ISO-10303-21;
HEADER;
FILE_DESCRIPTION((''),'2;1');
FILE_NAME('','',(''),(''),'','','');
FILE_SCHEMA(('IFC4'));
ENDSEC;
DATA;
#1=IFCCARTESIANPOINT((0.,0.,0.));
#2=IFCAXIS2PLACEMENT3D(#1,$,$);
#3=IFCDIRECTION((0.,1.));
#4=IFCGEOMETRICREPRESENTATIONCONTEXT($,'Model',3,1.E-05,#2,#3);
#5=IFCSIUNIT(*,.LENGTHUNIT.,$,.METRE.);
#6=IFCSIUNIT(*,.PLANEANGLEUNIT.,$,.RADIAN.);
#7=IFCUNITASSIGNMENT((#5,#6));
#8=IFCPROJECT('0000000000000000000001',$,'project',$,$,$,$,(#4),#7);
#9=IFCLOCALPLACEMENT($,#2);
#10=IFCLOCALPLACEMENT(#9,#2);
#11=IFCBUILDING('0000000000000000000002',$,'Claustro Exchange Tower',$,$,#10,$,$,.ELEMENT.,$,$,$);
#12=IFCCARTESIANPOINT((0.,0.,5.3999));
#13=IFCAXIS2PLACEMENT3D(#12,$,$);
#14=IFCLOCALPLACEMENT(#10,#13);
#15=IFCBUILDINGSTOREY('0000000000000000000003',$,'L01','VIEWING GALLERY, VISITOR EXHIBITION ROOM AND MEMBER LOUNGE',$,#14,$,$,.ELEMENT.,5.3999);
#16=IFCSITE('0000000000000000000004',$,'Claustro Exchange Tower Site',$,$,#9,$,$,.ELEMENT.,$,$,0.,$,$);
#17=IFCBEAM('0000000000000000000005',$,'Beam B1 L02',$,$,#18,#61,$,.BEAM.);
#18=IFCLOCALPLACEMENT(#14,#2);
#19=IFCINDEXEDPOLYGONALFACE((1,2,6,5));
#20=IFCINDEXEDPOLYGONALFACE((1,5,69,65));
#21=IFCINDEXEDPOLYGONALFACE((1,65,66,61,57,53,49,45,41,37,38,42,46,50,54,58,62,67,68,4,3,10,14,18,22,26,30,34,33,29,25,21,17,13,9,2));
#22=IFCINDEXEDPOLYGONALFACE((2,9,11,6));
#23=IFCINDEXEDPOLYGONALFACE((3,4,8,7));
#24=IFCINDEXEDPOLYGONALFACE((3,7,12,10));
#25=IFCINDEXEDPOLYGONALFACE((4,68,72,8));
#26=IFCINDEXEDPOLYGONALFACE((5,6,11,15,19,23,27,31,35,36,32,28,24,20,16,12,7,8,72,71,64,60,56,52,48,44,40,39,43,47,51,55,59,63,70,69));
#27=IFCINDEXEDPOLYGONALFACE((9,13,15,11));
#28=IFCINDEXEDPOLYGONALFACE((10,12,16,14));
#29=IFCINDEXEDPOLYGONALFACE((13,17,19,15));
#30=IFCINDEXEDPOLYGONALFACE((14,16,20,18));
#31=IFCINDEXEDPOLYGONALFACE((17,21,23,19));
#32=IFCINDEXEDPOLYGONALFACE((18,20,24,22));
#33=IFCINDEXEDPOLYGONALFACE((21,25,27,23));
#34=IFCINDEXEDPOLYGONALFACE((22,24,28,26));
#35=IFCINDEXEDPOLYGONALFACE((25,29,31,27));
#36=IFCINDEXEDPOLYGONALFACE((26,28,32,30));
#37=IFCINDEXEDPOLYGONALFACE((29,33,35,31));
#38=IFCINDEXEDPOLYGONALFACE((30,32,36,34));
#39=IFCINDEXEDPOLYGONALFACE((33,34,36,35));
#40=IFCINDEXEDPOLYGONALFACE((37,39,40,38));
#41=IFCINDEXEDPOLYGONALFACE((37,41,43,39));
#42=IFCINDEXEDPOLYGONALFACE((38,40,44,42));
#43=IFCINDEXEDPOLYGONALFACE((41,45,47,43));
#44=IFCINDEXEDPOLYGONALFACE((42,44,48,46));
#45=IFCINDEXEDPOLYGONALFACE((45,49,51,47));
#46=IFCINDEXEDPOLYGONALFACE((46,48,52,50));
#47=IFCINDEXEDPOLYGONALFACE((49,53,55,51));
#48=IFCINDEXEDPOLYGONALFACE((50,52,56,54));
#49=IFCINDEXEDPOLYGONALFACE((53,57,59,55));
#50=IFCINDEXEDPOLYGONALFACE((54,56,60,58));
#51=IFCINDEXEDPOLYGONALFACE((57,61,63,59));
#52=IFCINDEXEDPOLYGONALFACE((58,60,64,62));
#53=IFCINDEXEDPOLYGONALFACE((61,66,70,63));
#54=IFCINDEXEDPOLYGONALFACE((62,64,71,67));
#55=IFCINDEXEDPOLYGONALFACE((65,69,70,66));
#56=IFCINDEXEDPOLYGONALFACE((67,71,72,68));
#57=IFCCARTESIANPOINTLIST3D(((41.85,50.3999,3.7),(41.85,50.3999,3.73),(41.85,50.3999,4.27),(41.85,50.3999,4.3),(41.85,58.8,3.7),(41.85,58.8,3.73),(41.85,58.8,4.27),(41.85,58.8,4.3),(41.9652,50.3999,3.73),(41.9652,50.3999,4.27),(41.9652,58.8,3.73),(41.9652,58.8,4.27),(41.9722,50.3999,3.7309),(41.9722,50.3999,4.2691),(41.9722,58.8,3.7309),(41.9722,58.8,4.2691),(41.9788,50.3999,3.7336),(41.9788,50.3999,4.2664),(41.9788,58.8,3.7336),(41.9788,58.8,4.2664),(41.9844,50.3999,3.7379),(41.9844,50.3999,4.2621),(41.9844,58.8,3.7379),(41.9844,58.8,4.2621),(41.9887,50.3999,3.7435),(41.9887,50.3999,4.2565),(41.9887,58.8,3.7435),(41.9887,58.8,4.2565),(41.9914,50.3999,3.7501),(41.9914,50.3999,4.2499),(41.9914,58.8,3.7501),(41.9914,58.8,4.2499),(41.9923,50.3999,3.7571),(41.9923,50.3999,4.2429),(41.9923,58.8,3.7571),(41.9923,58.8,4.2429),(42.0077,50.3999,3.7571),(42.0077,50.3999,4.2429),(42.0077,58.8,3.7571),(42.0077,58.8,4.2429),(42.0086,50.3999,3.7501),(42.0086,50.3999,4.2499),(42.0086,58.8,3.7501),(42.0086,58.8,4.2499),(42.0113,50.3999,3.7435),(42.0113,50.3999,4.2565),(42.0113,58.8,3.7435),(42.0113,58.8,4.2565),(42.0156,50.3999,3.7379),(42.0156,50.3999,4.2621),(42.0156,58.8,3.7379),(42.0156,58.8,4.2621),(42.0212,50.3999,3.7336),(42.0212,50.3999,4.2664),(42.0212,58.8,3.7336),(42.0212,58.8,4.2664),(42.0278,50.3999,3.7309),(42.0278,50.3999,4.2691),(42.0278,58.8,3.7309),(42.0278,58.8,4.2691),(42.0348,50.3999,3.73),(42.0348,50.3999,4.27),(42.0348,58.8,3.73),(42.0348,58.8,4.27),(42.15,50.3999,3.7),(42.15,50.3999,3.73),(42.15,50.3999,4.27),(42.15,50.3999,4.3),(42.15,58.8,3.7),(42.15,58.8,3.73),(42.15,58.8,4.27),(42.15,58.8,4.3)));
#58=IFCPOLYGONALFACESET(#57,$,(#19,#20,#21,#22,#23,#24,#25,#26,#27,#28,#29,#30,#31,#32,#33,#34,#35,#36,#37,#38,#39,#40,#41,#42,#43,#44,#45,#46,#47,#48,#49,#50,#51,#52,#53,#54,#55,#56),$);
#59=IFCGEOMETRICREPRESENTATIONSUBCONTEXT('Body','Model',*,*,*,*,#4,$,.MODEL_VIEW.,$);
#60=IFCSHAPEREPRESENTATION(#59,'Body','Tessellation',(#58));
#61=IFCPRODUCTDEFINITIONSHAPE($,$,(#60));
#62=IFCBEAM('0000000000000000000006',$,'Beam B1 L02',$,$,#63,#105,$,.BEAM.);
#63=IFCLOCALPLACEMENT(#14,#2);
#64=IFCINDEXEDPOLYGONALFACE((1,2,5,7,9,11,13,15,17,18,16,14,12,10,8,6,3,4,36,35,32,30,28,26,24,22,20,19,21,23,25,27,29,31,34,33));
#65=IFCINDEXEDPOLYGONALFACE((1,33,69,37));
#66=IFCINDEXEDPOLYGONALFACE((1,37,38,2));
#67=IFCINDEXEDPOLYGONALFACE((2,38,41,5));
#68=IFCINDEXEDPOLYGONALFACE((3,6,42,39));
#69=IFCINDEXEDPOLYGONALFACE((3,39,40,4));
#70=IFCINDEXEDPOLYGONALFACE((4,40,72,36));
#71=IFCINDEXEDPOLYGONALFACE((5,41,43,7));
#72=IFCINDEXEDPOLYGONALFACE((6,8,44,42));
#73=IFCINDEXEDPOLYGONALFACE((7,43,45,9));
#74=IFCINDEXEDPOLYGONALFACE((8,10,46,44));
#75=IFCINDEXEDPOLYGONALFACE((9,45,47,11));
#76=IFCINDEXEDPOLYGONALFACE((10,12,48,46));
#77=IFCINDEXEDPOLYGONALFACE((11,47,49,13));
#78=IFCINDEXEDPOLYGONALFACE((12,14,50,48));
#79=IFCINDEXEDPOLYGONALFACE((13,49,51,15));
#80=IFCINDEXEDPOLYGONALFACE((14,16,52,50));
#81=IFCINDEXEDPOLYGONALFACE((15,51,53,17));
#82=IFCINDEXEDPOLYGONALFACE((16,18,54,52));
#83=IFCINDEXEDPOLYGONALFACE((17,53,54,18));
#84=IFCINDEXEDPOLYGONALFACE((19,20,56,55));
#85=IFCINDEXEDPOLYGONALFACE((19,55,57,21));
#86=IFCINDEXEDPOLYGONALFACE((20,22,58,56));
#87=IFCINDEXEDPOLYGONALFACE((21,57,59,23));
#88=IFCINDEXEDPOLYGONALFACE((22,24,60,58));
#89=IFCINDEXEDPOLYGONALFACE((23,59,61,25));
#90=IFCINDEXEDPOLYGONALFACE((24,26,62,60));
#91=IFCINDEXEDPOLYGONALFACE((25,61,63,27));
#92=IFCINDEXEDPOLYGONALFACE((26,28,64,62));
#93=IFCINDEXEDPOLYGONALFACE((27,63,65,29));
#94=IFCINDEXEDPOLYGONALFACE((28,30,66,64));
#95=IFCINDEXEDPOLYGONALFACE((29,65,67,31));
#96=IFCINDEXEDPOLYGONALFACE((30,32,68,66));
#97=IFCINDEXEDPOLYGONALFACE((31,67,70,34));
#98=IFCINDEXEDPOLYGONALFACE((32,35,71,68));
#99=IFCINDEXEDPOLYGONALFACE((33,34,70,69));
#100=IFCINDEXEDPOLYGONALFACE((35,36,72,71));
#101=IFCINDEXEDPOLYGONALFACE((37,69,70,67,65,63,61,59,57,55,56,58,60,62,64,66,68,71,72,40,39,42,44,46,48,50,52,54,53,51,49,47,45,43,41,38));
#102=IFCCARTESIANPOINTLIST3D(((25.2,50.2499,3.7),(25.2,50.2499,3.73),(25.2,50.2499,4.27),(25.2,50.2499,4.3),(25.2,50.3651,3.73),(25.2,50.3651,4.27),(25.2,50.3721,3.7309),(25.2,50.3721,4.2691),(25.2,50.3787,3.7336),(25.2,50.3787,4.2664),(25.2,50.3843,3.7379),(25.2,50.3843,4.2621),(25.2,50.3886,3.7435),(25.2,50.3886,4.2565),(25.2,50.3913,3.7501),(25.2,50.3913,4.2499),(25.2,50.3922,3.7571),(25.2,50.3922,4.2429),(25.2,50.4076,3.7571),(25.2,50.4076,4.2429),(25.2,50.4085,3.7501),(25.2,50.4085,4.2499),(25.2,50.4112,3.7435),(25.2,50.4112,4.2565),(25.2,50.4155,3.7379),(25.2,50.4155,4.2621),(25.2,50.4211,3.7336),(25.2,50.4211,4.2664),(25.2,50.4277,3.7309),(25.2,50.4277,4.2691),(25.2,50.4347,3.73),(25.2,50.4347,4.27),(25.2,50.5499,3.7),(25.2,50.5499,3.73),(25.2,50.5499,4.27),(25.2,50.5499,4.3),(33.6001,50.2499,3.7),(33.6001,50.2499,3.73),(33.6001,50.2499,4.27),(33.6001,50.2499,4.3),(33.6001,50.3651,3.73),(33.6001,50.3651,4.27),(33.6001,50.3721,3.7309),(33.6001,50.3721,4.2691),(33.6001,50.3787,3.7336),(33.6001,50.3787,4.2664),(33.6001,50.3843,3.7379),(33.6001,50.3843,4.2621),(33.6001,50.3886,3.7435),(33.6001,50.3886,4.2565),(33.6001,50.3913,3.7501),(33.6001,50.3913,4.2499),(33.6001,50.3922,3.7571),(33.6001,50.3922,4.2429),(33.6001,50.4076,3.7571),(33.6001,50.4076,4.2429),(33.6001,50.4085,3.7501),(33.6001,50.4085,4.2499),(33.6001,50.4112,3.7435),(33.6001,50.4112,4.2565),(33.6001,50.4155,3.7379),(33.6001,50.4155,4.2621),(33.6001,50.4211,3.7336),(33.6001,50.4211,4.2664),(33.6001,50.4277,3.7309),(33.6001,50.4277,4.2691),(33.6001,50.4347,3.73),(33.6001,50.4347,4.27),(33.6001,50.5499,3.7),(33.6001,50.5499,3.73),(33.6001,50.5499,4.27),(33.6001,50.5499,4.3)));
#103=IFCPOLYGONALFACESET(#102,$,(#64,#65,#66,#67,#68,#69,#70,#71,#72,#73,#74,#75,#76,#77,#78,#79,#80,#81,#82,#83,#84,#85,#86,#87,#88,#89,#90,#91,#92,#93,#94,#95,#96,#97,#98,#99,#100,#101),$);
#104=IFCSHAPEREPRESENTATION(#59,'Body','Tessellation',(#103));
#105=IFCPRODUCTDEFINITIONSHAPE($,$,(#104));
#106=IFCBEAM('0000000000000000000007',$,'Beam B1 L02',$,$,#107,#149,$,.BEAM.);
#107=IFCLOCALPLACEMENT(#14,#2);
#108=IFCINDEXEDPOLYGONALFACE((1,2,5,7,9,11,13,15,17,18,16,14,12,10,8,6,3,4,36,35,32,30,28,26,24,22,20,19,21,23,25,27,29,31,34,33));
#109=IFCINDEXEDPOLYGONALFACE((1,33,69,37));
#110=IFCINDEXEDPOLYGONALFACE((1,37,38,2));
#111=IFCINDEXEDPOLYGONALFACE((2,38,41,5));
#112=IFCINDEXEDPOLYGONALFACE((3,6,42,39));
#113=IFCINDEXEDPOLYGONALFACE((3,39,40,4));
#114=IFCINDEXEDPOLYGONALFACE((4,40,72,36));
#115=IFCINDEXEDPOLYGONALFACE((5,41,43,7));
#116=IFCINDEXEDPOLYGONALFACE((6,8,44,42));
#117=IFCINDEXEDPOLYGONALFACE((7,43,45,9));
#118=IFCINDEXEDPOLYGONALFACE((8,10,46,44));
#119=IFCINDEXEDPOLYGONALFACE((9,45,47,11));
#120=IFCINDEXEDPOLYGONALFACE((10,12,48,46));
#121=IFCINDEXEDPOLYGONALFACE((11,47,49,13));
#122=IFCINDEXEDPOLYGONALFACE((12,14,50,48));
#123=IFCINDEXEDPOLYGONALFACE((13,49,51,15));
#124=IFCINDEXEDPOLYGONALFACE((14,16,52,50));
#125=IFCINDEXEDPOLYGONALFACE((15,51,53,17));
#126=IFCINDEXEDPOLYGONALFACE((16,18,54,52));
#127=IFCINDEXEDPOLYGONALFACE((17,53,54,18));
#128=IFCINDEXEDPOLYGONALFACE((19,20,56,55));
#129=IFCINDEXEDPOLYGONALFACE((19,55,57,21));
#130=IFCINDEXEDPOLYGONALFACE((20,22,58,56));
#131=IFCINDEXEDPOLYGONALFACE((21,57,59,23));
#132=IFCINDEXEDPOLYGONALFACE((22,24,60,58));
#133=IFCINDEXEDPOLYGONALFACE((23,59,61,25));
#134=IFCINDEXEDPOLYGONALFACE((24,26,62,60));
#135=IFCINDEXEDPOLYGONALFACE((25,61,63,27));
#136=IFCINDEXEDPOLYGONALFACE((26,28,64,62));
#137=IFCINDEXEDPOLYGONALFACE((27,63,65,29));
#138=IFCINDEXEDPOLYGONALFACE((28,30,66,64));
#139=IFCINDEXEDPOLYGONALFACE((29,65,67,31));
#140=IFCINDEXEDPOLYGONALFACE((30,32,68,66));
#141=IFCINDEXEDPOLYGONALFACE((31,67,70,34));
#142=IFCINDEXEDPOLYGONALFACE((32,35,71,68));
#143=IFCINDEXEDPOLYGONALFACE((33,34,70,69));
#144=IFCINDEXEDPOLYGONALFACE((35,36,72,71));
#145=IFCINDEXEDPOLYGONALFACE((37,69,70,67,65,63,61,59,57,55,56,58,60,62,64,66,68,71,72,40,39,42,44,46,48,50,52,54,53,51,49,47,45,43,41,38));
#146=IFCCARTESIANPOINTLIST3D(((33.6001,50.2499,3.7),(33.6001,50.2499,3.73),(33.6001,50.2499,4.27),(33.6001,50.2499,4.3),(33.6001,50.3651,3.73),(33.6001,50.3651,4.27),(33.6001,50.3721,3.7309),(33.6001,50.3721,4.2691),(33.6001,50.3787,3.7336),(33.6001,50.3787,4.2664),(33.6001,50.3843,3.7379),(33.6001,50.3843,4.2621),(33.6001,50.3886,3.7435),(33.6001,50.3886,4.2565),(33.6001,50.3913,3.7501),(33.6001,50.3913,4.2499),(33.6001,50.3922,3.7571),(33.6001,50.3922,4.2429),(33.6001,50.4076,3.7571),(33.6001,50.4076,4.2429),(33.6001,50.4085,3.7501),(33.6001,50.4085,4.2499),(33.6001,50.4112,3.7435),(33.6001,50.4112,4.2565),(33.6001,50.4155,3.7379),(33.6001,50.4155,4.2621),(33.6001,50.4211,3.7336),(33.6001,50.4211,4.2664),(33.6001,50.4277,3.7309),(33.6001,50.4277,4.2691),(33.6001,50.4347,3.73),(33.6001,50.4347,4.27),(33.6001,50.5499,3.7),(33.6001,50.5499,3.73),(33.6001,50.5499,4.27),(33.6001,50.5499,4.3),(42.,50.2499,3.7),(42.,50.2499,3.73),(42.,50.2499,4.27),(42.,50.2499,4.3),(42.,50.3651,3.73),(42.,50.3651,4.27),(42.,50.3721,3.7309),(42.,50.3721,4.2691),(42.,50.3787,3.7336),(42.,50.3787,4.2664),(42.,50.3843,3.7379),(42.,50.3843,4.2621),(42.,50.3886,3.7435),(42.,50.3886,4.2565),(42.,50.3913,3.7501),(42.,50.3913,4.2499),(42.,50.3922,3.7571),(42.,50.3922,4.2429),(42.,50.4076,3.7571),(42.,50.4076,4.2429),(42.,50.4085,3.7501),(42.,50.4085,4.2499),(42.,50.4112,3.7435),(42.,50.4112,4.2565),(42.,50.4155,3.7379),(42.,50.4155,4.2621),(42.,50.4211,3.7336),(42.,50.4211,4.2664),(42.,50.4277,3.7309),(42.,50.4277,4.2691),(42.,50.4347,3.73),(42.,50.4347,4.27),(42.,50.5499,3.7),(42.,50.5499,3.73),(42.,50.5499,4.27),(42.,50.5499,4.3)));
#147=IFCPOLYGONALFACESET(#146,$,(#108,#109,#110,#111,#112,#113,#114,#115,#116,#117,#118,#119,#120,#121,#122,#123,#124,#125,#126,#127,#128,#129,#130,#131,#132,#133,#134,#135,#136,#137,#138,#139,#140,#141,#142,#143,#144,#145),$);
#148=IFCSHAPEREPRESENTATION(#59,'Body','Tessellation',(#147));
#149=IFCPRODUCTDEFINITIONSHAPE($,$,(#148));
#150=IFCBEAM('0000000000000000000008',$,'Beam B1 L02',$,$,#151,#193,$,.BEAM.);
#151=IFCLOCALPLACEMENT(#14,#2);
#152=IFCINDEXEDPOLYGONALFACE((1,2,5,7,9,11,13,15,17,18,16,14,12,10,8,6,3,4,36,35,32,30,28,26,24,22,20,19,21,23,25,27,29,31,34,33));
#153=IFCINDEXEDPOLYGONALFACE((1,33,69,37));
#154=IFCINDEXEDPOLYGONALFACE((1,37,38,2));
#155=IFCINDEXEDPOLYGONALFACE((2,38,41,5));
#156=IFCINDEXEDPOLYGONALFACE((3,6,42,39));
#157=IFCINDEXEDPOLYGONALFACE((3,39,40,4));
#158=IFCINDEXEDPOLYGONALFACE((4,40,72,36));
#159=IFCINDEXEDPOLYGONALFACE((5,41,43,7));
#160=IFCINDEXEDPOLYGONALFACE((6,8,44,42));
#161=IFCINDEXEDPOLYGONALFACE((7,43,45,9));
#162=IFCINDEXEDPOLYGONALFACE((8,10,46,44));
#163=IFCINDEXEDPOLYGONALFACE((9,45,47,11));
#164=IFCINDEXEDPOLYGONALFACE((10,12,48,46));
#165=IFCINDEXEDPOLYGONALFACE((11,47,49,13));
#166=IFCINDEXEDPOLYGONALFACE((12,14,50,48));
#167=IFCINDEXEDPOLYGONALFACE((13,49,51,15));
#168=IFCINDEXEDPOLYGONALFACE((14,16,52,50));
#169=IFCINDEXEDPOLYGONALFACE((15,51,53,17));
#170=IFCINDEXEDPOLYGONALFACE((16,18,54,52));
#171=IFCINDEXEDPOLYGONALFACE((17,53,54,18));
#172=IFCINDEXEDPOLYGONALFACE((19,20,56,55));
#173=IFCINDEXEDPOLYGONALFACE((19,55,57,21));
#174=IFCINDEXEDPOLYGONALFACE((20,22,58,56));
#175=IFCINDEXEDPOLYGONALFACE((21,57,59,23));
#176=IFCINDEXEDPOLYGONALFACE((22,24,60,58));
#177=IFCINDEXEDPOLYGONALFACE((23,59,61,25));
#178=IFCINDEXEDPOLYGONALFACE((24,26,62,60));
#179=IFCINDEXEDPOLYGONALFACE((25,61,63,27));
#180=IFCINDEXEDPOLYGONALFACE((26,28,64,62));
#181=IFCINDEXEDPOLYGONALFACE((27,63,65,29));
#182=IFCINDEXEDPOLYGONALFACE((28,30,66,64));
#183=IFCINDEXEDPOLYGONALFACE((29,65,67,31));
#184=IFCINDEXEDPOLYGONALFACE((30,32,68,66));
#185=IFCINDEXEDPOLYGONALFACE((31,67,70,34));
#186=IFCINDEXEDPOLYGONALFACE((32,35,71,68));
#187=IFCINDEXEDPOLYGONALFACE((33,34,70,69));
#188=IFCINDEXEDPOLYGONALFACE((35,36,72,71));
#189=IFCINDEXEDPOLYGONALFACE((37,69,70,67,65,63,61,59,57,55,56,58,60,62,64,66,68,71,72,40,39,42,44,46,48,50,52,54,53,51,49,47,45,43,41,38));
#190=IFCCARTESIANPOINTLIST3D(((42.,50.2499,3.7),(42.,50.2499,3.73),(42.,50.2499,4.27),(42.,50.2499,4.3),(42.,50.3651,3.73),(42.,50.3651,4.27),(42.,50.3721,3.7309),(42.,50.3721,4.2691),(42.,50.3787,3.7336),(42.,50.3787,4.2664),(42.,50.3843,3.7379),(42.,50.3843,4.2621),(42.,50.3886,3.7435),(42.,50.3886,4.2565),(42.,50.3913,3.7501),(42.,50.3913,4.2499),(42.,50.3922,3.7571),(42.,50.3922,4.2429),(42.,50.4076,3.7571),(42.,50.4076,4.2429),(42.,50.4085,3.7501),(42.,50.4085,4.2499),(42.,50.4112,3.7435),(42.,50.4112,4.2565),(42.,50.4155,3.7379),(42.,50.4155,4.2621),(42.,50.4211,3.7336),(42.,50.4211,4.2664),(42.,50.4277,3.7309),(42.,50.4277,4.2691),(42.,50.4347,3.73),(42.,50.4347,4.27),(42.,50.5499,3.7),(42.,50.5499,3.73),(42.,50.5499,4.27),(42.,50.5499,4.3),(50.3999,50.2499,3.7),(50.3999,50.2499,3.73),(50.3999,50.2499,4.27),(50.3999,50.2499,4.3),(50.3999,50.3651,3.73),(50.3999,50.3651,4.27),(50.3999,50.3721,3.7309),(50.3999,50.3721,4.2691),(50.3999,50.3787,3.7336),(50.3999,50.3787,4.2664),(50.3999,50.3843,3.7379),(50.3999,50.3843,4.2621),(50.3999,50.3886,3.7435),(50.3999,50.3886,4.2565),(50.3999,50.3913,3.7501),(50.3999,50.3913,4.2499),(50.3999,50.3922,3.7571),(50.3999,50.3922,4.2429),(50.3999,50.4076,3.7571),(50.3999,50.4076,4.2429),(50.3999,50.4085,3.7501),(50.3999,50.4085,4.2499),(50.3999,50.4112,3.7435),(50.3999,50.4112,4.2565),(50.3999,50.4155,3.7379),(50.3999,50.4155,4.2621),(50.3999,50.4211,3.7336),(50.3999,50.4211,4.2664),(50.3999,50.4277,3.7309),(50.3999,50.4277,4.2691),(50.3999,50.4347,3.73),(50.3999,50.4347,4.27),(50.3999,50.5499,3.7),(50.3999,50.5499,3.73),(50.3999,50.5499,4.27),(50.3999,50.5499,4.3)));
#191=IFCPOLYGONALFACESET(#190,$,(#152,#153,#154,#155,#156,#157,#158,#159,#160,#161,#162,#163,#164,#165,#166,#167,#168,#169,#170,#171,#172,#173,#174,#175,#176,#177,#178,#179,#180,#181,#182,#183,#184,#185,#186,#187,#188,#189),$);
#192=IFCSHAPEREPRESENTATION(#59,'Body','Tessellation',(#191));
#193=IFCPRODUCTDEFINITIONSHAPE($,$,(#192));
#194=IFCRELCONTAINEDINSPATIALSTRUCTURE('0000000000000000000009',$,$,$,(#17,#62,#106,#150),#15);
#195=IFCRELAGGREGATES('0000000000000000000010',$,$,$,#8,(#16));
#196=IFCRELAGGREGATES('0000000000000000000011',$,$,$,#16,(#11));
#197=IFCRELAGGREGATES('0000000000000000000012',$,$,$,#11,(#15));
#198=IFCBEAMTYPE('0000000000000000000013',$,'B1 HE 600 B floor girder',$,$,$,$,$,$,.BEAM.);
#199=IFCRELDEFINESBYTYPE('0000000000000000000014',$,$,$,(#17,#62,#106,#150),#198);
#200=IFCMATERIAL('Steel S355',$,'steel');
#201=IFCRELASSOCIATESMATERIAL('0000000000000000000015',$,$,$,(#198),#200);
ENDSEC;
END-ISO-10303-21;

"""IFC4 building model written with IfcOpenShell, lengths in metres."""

from ifc_helpers import new_model, si_unit, direction, frame, origin, origin_2d, place, context, subcontext, project, spatial, i_section, extrude, material, material_profile, profile_set, type_object, element, save


model = new_model("IFC4")

# Units and contexts
model_context = context("Model", 3, precision=1e-05, world=origin(), true_north=direction((0.0, 1.0)))
body_context = subcontext(model_context, "Body", "Model", "MODEL_VIEW")
ifc_project = project(units=[si_unit("LENGTHUNIT", "METRE"), si_unit("PLANEANGLEUNIT", "RADIAN")], contexts=[model_context])

# Site, building, storey
site_placement = place(None, origin())
site = spatial("IfcSite", under=ifc_project, at=site_placement, Name="Claustro Exchange Tower Site", CompositionType="ELEMENT", RefElevation=0.0)
building_placement = place(site_placement, origin())
building = spatial("IfcBuilding", under=site, at=building_placement, Name="Claustro Exchange Tower", CompositionType="ELEMENT")
storey_placement = place(building_placement, frame((0.0, 0.0, 5.3999)))
storey = spatial("IfcBuildingStorey", under=building, at=storey_placement, Name="L01", Description="VIEWING GALLERY, VISITOR EXHIBITION ROOM AND MEMBER LOUNGE", CompositionType="ELEMENT", Elevation=5.3999)

# Beams
ifc_material_1 = material(Name="Steel S355", Category="steel")
ifc_material_profile_1 = material_profile(ifc_material_1, i_section(OverallWidth=0.3, OverallDepth=0.6001, WebThickness=0.0154, FlangeThickness=0.03, FilletRadius=0.0271, at=origin_2d()), Name="HE 600 B")
ifc_profile_set_1 = profile_set([ifc_material_profile_1], Name="Steel S355")
beam_type_1 = type_object("IfcBeamType", Name="B1 HE 600 B floor girder", PredefinedType="BEAM", material=ifc_profile_set_1)
for number, where, z_axis, x_axis, name in (
    (1, (42.0, 50.3999, 4.0), (0.0, 1.0, 0.0), (-1.0, 0.0, 0.0), "Beam B1 L02"),
    (2, (25.2, 50.3999, 4.0), (1.0, 0.0, 0.0), (0.0, 1.0, 0.0), "Beam B1 L02"),
):
    element("IfcBeam", number, at=place(storey_placement, frame(where, z_axis=z_axis, x_axis=x_axis)), inside=storey, type_object=beam_type_1, Name=name, PredefinedType="BEAM", context=body_context, shape_type="SweptSolid", body=[
        extrude(i_section(OverallWidth=0.3, OverallDepth=0.6001, WebThickness=0.0154, FlangeThickness=0.03, FilletRadius=0.0271, at=origin_2d()), origin(), (0.0, 0.0, 1.0), 8.4001),
    ])
for number, where, z_axis, x_axis, name in (
    (3, (33.6001, 50.3999, 4.0), (1.0, 0.0, 0.0), (0.0, 1.0, 0.0), "Beam B1 L02"),
    (4, (42.0, 50.3999, 4.0), (1.0, 0.0, 0.0), (0.0, 1.0, 0.0), "Beam B1 L02"),
):
    element("IfcBeam", number, at=place(storey_placement, frame(where, z_axis=z_axis, x_axis=x_axis)), inside=storey, type_object=beam_type_1, Name=name, PredefinedType="BEAM", context=body_context, shape_type="SweptSolid", body=[
        extrude(i_section(OverallWidth=0.3, OverallDepth=0.6001, WebThickness=0.0154, FlangeThickness=0.03, FilletRadius=0.0271, at=origin_2d()), origin(), (0.0, 0.0, 1.0), 8.3999),
    ])

save(model, "model.ifc")
